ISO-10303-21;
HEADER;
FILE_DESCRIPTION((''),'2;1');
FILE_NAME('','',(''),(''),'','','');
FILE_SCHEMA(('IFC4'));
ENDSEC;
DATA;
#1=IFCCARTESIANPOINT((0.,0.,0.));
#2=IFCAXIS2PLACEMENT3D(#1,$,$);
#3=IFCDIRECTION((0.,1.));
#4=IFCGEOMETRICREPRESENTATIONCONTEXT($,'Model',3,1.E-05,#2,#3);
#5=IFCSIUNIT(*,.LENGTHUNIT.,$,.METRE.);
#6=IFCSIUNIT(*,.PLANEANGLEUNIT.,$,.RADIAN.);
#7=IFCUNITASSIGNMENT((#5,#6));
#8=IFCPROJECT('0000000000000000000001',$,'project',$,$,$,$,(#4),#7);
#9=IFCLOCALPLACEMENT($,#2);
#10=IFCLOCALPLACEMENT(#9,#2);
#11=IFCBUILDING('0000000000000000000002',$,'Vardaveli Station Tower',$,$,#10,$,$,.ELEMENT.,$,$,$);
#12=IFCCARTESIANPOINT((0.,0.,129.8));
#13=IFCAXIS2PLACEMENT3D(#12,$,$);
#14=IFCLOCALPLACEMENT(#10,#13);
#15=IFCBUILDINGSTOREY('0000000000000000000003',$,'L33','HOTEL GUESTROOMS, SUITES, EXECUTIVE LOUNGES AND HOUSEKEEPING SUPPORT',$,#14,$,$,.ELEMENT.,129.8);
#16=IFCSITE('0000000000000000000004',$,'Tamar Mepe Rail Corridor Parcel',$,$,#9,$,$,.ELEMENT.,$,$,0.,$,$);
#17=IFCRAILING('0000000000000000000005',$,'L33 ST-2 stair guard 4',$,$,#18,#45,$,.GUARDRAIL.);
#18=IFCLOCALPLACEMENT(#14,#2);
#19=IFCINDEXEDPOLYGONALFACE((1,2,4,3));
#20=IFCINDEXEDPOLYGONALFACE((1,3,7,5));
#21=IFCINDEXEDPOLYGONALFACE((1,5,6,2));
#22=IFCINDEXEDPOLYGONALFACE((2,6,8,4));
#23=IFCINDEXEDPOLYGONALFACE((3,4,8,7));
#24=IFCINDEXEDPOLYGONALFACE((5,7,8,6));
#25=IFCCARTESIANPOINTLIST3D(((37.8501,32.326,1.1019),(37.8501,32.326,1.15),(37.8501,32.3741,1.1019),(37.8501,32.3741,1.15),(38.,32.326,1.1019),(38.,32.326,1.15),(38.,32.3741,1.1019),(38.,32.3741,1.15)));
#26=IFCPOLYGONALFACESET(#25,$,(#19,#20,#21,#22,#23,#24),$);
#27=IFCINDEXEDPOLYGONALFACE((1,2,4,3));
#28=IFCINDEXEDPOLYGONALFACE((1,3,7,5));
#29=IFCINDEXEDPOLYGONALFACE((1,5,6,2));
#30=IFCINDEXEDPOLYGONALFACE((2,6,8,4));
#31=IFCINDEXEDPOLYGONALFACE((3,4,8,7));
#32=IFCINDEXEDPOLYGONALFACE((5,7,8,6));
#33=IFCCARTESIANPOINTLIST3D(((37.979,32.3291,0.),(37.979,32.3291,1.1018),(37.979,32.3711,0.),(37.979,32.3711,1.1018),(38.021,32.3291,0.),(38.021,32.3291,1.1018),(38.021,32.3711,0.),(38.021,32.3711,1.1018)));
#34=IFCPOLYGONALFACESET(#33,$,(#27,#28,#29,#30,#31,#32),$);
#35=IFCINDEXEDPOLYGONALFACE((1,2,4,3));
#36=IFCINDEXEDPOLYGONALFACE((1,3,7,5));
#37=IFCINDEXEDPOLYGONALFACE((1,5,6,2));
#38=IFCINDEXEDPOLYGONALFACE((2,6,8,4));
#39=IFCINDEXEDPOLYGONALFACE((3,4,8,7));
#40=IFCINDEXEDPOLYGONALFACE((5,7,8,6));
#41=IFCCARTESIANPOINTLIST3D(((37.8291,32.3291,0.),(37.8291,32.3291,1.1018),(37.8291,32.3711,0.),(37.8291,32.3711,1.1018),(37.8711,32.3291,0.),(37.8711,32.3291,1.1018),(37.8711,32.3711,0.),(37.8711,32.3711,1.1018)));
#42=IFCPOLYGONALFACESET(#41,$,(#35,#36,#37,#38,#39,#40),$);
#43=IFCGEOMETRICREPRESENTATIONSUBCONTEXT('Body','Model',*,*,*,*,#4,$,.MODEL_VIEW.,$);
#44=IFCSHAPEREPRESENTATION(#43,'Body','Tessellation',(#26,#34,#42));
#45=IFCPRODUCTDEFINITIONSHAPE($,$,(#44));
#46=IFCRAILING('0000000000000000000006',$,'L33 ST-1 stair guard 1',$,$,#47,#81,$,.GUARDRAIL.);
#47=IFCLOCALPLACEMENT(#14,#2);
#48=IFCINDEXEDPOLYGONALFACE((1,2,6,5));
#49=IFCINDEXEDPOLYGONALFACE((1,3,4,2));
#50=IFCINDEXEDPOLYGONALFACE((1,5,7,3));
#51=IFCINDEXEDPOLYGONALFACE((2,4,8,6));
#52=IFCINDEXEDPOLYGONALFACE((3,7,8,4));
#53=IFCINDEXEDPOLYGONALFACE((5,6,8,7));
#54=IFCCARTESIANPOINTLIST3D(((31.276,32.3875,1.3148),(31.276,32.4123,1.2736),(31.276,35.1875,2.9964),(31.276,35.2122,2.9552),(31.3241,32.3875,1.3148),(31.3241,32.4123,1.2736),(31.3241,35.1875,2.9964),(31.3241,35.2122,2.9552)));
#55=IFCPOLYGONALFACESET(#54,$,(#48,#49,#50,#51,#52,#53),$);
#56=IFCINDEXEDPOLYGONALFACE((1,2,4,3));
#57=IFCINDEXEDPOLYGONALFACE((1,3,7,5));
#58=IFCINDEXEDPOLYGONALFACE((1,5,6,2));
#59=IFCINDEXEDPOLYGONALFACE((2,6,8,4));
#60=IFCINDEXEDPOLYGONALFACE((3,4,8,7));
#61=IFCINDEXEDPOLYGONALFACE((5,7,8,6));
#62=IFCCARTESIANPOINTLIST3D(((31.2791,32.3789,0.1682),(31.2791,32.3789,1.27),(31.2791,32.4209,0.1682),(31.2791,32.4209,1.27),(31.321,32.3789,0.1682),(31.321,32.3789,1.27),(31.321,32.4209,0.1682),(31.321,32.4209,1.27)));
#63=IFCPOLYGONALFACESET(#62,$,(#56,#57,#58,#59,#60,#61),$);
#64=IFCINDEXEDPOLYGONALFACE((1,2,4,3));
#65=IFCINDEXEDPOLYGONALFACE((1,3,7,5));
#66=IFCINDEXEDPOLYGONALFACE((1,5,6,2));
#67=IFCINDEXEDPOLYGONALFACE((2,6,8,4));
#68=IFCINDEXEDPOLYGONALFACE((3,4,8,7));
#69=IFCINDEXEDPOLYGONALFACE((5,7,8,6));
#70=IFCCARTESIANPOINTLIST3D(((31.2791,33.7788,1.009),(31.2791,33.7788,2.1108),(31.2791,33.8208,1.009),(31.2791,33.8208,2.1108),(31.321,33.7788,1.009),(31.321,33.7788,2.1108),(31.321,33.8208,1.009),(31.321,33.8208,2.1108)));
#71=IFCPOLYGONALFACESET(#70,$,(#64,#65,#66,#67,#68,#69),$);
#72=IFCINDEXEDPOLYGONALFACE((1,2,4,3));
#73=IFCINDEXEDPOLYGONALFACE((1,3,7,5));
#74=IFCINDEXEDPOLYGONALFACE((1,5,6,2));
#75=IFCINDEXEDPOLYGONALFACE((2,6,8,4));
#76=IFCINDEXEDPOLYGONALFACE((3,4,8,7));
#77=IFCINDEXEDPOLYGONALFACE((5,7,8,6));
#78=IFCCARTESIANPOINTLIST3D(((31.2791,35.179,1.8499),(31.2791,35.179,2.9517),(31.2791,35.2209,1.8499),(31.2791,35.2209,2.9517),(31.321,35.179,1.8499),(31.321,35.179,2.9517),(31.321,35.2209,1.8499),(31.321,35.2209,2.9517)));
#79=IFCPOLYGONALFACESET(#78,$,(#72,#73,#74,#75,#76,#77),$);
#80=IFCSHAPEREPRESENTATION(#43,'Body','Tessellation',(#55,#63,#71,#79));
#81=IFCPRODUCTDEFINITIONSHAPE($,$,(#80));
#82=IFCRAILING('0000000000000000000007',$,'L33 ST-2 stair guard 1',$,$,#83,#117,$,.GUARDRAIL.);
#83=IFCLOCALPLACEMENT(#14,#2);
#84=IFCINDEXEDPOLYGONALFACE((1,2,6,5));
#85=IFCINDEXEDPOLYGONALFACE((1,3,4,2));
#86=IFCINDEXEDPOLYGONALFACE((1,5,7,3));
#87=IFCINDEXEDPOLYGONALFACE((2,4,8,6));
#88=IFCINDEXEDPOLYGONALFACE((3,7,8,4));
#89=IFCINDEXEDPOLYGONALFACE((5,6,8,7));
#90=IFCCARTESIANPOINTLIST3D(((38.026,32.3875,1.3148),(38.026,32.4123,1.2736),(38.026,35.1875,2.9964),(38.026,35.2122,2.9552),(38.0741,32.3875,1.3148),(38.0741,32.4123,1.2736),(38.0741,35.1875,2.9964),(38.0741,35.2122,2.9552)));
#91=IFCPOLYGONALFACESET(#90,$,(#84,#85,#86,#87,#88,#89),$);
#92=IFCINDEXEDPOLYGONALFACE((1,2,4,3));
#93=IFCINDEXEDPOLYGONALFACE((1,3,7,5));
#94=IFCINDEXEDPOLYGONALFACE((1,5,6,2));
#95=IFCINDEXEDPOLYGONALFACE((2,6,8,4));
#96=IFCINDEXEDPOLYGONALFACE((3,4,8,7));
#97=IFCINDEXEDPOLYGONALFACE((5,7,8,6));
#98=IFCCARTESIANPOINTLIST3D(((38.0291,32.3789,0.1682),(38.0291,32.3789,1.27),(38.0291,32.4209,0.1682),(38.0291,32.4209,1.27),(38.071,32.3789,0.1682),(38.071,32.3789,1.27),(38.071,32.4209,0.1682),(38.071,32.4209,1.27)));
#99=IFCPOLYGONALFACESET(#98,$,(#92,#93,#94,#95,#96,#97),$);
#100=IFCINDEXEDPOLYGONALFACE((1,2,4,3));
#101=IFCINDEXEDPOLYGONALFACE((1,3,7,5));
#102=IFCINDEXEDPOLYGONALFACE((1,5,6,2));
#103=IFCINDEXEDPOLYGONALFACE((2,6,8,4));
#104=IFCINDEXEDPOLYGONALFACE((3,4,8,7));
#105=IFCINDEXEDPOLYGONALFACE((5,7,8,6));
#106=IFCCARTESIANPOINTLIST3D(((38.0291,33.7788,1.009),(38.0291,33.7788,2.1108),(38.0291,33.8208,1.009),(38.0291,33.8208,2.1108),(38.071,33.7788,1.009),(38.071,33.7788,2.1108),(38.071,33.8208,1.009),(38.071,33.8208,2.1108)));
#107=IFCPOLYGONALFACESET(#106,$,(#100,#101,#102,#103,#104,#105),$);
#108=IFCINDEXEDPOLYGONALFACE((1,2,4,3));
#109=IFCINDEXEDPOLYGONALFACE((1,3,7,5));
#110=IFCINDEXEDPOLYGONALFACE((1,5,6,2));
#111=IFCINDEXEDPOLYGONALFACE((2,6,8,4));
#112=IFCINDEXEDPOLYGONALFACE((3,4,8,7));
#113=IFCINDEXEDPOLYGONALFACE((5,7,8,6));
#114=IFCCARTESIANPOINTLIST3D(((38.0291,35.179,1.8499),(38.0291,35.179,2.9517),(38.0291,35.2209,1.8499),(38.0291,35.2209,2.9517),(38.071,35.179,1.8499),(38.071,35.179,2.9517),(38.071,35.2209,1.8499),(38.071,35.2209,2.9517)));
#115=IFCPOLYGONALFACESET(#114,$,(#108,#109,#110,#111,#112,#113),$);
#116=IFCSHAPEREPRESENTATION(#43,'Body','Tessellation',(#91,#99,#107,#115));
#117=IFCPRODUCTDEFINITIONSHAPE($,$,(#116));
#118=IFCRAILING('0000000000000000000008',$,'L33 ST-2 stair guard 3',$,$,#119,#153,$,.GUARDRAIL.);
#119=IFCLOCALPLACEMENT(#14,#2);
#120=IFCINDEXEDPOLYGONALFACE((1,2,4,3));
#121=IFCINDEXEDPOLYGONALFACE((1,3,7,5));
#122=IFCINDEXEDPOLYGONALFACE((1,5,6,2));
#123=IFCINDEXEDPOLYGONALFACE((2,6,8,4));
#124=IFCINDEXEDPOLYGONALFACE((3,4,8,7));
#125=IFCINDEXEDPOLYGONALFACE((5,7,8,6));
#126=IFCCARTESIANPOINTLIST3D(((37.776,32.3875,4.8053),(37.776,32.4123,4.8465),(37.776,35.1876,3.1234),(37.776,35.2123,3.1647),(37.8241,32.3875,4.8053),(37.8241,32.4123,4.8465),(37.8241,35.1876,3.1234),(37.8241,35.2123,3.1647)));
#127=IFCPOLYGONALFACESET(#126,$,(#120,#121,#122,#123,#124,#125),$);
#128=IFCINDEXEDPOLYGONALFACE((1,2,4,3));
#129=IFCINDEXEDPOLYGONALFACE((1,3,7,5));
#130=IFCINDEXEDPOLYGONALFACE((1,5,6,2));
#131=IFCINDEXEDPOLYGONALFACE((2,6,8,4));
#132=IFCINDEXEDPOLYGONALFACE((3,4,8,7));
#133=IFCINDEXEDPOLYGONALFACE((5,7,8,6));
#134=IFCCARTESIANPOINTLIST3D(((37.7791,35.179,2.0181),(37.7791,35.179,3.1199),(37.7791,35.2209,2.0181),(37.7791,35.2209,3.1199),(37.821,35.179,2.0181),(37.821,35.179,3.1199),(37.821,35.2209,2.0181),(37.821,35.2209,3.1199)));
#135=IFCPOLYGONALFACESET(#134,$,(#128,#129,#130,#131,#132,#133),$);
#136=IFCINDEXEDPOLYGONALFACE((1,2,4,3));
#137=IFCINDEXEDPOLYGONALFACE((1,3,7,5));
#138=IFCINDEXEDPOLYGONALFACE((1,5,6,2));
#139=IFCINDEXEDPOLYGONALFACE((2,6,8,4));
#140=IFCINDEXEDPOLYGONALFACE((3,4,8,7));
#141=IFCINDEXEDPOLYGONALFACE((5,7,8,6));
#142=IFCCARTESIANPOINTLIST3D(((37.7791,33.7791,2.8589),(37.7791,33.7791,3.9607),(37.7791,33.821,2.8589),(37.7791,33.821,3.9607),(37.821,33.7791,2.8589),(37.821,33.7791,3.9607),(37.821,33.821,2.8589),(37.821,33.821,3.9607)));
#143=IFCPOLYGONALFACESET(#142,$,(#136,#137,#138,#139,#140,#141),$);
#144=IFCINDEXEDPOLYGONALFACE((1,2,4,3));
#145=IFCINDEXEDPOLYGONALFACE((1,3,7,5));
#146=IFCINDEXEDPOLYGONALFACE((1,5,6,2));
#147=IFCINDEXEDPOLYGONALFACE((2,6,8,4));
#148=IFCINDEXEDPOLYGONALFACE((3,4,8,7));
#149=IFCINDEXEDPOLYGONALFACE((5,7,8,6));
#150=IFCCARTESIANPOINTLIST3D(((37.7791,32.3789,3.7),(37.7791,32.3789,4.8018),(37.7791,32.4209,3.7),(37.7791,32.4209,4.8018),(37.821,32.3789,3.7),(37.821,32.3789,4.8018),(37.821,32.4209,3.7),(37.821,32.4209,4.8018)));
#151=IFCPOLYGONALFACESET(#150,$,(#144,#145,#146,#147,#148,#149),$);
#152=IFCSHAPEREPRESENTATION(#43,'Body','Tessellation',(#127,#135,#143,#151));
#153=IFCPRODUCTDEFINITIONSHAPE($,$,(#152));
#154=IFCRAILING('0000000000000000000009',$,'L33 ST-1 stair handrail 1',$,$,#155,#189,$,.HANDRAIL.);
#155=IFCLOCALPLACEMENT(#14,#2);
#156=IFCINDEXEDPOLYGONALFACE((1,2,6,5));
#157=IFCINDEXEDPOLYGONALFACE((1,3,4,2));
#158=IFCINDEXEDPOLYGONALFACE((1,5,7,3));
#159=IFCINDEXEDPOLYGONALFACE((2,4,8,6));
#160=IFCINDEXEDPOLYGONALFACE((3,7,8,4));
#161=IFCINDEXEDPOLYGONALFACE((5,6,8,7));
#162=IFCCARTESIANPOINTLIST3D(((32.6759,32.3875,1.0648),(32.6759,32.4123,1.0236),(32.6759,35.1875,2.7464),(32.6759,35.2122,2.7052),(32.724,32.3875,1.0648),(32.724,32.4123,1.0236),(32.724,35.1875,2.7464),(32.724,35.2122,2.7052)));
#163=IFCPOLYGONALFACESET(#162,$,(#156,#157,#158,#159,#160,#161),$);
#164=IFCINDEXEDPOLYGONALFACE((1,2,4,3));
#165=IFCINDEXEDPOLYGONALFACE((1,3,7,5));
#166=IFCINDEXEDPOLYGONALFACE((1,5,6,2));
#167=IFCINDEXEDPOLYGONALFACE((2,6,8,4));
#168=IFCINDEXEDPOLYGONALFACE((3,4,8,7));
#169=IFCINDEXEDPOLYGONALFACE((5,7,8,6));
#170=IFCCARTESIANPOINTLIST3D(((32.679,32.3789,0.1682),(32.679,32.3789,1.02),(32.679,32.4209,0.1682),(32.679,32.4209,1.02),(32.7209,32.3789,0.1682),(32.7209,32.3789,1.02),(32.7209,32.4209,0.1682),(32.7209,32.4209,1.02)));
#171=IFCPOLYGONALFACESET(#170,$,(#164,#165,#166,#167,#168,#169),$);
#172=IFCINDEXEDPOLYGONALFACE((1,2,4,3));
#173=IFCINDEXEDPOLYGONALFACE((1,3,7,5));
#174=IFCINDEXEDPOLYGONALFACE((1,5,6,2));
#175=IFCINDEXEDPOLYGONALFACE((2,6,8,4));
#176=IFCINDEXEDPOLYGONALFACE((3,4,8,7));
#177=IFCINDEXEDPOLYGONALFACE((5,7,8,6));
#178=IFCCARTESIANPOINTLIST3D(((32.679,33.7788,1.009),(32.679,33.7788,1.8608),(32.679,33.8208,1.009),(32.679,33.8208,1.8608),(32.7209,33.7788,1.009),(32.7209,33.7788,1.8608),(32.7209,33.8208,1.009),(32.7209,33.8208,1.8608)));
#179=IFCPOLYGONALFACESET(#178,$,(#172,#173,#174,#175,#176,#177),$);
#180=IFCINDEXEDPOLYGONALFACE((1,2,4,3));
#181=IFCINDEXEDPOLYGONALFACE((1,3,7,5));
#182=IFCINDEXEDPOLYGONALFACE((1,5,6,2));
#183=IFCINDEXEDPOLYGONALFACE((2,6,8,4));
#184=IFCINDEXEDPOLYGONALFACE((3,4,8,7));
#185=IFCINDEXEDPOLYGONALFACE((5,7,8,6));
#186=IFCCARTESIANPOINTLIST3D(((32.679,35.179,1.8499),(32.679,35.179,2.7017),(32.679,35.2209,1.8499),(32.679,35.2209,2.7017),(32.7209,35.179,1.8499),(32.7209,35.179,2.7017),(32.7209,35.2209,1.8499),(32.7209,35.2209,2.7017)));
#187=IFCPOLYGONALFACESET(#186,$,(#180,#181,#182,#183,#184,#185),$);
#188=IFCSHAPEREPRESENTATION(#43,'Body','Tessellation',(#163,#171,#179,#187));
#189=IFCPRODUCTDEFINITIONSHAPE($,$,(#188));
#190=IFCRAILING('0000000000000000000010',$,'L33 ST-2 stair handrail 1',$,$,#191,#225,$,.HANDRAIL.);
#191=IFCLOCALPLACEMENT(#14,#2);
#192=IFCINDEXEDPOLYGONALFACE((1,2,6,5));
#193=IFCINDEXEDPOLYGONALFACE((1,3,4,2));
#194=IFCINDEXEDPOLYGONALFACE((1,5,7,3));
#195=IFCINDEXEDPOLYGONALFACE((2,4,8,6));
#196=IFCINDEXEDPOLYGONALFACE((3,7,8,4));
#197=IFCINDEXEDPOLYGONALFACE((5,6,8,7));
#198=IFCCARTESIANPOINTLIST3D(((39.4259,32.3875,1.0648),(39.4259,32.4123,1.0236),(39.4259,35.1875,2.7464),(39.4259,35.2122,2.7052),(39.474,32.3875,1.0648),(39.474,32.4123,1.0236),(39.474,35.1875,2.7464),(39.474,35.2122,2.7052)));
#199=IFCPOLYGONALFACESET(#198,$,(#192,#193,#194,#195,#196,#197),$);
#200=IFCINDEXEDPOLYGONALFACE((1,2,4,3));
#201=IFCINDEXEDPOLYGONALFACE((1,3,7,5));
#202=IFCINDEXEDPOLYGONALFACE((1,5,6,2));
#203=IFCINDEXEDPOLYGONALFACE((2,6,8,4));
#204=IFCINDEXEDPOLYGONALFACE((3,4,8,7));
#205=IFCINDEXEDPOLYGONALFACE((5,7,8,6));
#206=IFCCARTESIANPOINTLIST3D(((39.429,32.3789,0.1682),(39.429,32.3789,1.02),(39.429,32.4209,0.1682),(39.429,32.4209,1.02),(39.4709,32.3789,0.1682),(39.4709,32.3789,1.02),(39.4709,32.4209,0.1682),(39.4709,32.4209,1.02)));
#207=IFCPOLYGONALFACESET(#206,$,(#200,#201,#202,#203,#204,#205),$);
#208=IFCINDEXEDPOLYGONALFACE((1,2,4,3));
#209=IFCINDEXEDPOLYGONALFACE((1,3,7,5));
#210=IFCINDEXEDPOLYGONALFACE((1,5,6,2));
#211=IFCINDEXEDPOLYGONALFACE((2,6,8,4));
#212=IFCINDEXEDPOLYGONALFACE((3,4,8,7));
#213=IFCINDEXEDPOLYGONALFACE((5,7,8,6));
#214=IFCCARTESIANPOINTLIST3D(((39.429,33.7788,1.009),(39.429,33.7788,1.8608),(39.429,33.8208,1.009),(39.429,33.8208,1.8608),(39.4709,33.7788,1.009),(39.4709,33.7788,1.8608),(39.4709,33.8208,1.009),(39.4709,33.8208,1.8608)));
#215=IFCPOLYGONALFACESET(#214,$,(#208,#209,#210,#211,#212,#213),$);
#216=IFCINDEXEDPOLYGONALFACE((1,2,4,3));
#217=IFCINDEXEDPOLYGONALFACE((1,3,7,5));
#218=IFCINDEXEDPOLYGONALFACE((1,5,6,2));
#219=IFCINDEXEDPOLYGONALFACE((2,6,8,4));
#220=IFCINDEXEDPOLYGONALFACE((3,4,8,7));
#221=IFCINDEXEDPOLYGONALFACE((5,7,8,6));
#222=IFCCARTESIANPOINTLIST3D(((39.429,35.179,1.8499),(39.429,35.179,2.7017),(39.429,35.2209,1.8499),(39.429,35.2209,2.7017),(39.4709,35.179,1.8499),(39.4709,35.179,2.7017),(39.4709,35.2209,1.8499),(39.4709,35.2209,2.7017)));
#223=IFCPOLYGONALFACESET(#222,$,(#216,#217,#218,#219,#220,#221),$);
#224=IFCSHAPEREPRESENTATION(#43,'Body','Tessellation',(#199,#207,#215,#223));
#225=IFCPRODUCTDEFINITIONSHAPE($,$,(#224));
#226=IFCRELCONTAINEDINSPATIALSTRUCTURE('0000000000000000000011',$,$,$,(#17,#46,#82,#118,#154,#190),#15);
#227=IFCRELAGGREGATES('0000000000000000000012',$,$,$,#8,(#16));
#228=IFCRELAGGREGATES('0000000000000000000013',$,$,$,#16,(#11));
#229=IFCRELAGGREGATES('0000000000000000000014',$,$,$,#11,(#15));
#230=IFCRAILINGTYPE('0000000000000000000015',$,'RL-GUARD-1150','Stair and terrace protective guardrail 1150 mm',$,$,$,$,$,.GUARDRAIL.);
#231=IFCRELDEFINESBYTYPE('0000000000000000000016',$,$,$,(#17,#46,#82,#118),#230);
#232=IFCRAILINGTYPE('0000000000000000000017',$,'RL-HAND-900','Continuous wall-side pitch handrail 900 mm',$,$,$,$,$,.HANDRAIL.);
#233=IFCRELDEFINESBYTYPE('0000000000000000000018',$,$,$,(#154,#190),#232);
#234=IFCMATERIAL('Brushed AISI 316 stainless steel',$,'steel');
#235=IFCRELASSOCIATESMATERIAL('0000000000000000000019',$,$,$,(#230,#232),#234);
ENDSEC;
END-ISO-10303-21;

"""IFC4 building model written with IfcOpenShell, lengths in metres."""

from ifc_helpers import new_model, si_unit, direction, frame, origin, origin_2d, place, context, subcontext, project, spatial, rectangle, extrude, source, transform, mapped, material, type_object, element, save


model = new_model("IFC4")

# Units and contexts
model_context = context("Model", 3, precision=1e-05, world=origin(), true_north=direction((0.0, 1.0)))
body_context = subcontext(model_context, "Body", "Model", "MODEL_VIEW")
ifc_project = project(units=[si_unit("LENGTHUNIT", "METRE"), si_unit("PLANEANGLEUNIT", "RADIAN")], contexts=[model_context])

# Site, building, storey
site_placement = place(None, origin())
site = spatial("IfcSite", under=ifc_project, at=site_placement, Name="Tamar Mepe Rail Corridor Parcel", CompositionType="ELEMENT", RefElevation=0.0)
building_placement = place(site_placement, origin())
building = spatial("IfcBuilding", under=site, at=building_placement, Name="Vardaveli Station Tower", CompositionType="ELEMENT")
storey_placement = place(building_placement, frame((0.0, 0.0, 129.8)))
storey = spatial("IfcBuildingStorey", under=building, at=storey_placement, Name="L33", Description="HOTEL GUESTROOMS, SUITES, EXECUTIVE LOUNGES AND HOUSEKEEPING SUPPORT", CompositionType="ELEMENT", Elevation=129.8)

# Railings
ifc_material_1 = material(Name="Brushed AISI 316 stainless steel", Category="steel")
railing_type_1 = type_object("IfcRailingType", Name="RL-GUARD-1150", Description="Stair and terrace protective guardrail 1150 mm", PredefinedType="GUARDRAIL", material=ifc_material_1)
shared_shape_1 = source(origin(), body_context, "Body", "SweptSolid", [
    extrude(rectangle(XDim=0.0481, YDim=0.0481, at=origin_2d()), frame((0.0, 0.0, 1.126), z_axis=(-1.0, 0.0, 0.0), x_axis=(0.0, -1.0, 0.0)), (0.0, 0.0, 1.0), 0.1499),
    extrude(rectangle(XDim=0.042, YDim=0.042, at=origin_2d()), origin(), (0.0, 0.0, 1.0), 1.1018),
    extrude(rectangle(XDim=0.042, YDim=0.042, at=origin_2d()), frame((-0.1499, 0.0, 0.0)), (0.0, 0.0, 1.0), 1.1018),
])
for number, where, name in (
    (1, (38.0, 32.3501, 0.0), "L33 ST-2 stair guard 4"),
):
    element("IfcRailing", number, at=place(storey_placement, frame(where)), inside=storey, type_object=railing_type_1, Name=name, PredefinedType="GUARDRAIL", context=body_context, shape_type="MappedRepresentation", body=[
        mapped(shared_shape_1, transform((0.0, 0.0, 0.0), scale=1.0)),
    ])
shared_shape_2 = source(origin(), body_context, "Body", "SweptSolid", [
    extrude(rectangle(XDim=0.0481, YDim=0.0481, at=origin_2d()), frame((0.0, 0.0, 1.126), z_axis=(0.0, 0.857275, 0.514858), x_axis=(-1.0, 0.0, 0.0)), (0.0, 0.0, 1.0), 3.2661),
    extrude(rectangle(XDim=0.042, YDim=0.042, at=origin_2d()), origin(), (0.0, 0.0, 1.0), 1.1018),
    extrude(rectangle(XDim=0.042, YDim=0.042, at=origin_2d()), frame((0.0, 1.3999, 0.8408)), (0.0, 0.0, 1.0), 1.1018),
    extrude(rectangle(XDim=0.042, YDim=0.042, at=origin_2d()), frame((0.0, 2.8, 1.6816)), (0.0, 0.0, 1.0), 1.1018),
])
for number, where, name in (
    (2, (31.3, 32.3999, 0.1682), "L33 ST-1 stair guard 1"),
    (3, (38.05, 32.3999, 0.1682), "L33 ST-2 stair guard 1"),
):
    element("IfcRailing", number, at=place(storey_placement, frame(where)), inside=storey, type_object=railing_type_1, Name=name, PredefinedType="GUARDRAIL", context=body_context, shape_type="MappedRepresentation", body=[
        mapped(shared_shape_2, transform((0.0, 0.0, 0.0), scale=1.0)),
    ])
shared_shape_3 = source(origin(), body_context, "Body", "SweptSolid", [
    extrude(rectangle(XDim=0.0481, YDim=0.0481, at=origin_2d()), frame((0.0, 0.0, 1.126), z_axis=(0.0, -0.857242, 0.514913), x_axis=(1.0, 0.0, 0.0)), (0.0, 0.0, 1.0), 3.2664),
    extrude(rectangle(XDim=0.042, YDim=0.042, at=origin_2d()), origin(), (0.0, 0.0, 1.0), 1.1018),
    extrude(rectangle(XDim=0.042, YDim=0.042, at=origin_2d()), frame((0.0, -1.3999, 0.8408)), (0.0, 0.0, 1.0), 1.1018),
    extrude(rectangle(XDim=0.042, YDim=0.042, at=origin_2d()), frame((0.0, -2.8, 1.6819)), (0.0, 0.0, 1.0), 1.1018),
])
railing_1_placement = place(storey_placement, frame((37.8, 35.2, 2.0181)))
element("IfcRailing", 4, at=railing_1_placement, inside=storey, type_object=railing_type_1, Name="L33 ST-2 stair guard 3", PredefinedType="GUARDRAIL", context=body_context, shape_type="MappedRepresentation", body=[
    mapped(shared_shape_3, transform((0.0, 0.0, 0.0), scale=1.0)),
])
railing_type_2 = type_object("IfcRailingType", Name="RL-HAND-900", Description="Continuous wall-side pitch handrail 900 mm", PredefinedType="HANDRAIL", material=ifc_material_1)
shared_shape_4 = source(origin(), body_context, "Body", "SweptSolid", [
    extrude(rectangle(XDim=0.0481, YDim=0.0481, at=origin_2d()), frame((0.0, 0.0, 0.876), z_axis=(0.0, 0.857275, 0.514858), x_axis=(-1.0, 0.0, 0.0)), (0.0, 0.0, 1.0), 3.2661),
    extrude(rectangle(XDim=0.042, YDim=0.042, at=origin_2d()), origin(), (0.0, 0.0, 1.0), 0.8518),
    extrude(rectangle(XDim=0.042, YDim=0.042, at=origin_2d()), frame((0.0, 1.3999, 0.8408)), (0.0, 0.0, 1.0), 0.8518),
    extrude(rectangle(XDim=0.042, YDim=0.042, at=origin_2d()), frame((0.0, 2.8, 1.6816)), (0.0, 0.0, 1.0), 0.8518),
])
for number, where, name in (
    (5, (32.7, 32.3999, 0.1682), "L33 ST-1 stair handrail 1"),
    (6, (39.45, 32.3999, 0.1682), "L33 ST-2 stair handrail 1"),
):
    element("IfcRailing", number, at=place(storey_placement, frame(where)), inside=storey, type_object=railing_type_2, Name=name, PredefinedType="HANDRAIL", context=body_context, shape_type="MappedRepresentation", body=[
        mapped(shared_shape_4, transform((0.0, 0.0, 0.0), scale=1.0)),
    ])

save(model, "model.ifc")
